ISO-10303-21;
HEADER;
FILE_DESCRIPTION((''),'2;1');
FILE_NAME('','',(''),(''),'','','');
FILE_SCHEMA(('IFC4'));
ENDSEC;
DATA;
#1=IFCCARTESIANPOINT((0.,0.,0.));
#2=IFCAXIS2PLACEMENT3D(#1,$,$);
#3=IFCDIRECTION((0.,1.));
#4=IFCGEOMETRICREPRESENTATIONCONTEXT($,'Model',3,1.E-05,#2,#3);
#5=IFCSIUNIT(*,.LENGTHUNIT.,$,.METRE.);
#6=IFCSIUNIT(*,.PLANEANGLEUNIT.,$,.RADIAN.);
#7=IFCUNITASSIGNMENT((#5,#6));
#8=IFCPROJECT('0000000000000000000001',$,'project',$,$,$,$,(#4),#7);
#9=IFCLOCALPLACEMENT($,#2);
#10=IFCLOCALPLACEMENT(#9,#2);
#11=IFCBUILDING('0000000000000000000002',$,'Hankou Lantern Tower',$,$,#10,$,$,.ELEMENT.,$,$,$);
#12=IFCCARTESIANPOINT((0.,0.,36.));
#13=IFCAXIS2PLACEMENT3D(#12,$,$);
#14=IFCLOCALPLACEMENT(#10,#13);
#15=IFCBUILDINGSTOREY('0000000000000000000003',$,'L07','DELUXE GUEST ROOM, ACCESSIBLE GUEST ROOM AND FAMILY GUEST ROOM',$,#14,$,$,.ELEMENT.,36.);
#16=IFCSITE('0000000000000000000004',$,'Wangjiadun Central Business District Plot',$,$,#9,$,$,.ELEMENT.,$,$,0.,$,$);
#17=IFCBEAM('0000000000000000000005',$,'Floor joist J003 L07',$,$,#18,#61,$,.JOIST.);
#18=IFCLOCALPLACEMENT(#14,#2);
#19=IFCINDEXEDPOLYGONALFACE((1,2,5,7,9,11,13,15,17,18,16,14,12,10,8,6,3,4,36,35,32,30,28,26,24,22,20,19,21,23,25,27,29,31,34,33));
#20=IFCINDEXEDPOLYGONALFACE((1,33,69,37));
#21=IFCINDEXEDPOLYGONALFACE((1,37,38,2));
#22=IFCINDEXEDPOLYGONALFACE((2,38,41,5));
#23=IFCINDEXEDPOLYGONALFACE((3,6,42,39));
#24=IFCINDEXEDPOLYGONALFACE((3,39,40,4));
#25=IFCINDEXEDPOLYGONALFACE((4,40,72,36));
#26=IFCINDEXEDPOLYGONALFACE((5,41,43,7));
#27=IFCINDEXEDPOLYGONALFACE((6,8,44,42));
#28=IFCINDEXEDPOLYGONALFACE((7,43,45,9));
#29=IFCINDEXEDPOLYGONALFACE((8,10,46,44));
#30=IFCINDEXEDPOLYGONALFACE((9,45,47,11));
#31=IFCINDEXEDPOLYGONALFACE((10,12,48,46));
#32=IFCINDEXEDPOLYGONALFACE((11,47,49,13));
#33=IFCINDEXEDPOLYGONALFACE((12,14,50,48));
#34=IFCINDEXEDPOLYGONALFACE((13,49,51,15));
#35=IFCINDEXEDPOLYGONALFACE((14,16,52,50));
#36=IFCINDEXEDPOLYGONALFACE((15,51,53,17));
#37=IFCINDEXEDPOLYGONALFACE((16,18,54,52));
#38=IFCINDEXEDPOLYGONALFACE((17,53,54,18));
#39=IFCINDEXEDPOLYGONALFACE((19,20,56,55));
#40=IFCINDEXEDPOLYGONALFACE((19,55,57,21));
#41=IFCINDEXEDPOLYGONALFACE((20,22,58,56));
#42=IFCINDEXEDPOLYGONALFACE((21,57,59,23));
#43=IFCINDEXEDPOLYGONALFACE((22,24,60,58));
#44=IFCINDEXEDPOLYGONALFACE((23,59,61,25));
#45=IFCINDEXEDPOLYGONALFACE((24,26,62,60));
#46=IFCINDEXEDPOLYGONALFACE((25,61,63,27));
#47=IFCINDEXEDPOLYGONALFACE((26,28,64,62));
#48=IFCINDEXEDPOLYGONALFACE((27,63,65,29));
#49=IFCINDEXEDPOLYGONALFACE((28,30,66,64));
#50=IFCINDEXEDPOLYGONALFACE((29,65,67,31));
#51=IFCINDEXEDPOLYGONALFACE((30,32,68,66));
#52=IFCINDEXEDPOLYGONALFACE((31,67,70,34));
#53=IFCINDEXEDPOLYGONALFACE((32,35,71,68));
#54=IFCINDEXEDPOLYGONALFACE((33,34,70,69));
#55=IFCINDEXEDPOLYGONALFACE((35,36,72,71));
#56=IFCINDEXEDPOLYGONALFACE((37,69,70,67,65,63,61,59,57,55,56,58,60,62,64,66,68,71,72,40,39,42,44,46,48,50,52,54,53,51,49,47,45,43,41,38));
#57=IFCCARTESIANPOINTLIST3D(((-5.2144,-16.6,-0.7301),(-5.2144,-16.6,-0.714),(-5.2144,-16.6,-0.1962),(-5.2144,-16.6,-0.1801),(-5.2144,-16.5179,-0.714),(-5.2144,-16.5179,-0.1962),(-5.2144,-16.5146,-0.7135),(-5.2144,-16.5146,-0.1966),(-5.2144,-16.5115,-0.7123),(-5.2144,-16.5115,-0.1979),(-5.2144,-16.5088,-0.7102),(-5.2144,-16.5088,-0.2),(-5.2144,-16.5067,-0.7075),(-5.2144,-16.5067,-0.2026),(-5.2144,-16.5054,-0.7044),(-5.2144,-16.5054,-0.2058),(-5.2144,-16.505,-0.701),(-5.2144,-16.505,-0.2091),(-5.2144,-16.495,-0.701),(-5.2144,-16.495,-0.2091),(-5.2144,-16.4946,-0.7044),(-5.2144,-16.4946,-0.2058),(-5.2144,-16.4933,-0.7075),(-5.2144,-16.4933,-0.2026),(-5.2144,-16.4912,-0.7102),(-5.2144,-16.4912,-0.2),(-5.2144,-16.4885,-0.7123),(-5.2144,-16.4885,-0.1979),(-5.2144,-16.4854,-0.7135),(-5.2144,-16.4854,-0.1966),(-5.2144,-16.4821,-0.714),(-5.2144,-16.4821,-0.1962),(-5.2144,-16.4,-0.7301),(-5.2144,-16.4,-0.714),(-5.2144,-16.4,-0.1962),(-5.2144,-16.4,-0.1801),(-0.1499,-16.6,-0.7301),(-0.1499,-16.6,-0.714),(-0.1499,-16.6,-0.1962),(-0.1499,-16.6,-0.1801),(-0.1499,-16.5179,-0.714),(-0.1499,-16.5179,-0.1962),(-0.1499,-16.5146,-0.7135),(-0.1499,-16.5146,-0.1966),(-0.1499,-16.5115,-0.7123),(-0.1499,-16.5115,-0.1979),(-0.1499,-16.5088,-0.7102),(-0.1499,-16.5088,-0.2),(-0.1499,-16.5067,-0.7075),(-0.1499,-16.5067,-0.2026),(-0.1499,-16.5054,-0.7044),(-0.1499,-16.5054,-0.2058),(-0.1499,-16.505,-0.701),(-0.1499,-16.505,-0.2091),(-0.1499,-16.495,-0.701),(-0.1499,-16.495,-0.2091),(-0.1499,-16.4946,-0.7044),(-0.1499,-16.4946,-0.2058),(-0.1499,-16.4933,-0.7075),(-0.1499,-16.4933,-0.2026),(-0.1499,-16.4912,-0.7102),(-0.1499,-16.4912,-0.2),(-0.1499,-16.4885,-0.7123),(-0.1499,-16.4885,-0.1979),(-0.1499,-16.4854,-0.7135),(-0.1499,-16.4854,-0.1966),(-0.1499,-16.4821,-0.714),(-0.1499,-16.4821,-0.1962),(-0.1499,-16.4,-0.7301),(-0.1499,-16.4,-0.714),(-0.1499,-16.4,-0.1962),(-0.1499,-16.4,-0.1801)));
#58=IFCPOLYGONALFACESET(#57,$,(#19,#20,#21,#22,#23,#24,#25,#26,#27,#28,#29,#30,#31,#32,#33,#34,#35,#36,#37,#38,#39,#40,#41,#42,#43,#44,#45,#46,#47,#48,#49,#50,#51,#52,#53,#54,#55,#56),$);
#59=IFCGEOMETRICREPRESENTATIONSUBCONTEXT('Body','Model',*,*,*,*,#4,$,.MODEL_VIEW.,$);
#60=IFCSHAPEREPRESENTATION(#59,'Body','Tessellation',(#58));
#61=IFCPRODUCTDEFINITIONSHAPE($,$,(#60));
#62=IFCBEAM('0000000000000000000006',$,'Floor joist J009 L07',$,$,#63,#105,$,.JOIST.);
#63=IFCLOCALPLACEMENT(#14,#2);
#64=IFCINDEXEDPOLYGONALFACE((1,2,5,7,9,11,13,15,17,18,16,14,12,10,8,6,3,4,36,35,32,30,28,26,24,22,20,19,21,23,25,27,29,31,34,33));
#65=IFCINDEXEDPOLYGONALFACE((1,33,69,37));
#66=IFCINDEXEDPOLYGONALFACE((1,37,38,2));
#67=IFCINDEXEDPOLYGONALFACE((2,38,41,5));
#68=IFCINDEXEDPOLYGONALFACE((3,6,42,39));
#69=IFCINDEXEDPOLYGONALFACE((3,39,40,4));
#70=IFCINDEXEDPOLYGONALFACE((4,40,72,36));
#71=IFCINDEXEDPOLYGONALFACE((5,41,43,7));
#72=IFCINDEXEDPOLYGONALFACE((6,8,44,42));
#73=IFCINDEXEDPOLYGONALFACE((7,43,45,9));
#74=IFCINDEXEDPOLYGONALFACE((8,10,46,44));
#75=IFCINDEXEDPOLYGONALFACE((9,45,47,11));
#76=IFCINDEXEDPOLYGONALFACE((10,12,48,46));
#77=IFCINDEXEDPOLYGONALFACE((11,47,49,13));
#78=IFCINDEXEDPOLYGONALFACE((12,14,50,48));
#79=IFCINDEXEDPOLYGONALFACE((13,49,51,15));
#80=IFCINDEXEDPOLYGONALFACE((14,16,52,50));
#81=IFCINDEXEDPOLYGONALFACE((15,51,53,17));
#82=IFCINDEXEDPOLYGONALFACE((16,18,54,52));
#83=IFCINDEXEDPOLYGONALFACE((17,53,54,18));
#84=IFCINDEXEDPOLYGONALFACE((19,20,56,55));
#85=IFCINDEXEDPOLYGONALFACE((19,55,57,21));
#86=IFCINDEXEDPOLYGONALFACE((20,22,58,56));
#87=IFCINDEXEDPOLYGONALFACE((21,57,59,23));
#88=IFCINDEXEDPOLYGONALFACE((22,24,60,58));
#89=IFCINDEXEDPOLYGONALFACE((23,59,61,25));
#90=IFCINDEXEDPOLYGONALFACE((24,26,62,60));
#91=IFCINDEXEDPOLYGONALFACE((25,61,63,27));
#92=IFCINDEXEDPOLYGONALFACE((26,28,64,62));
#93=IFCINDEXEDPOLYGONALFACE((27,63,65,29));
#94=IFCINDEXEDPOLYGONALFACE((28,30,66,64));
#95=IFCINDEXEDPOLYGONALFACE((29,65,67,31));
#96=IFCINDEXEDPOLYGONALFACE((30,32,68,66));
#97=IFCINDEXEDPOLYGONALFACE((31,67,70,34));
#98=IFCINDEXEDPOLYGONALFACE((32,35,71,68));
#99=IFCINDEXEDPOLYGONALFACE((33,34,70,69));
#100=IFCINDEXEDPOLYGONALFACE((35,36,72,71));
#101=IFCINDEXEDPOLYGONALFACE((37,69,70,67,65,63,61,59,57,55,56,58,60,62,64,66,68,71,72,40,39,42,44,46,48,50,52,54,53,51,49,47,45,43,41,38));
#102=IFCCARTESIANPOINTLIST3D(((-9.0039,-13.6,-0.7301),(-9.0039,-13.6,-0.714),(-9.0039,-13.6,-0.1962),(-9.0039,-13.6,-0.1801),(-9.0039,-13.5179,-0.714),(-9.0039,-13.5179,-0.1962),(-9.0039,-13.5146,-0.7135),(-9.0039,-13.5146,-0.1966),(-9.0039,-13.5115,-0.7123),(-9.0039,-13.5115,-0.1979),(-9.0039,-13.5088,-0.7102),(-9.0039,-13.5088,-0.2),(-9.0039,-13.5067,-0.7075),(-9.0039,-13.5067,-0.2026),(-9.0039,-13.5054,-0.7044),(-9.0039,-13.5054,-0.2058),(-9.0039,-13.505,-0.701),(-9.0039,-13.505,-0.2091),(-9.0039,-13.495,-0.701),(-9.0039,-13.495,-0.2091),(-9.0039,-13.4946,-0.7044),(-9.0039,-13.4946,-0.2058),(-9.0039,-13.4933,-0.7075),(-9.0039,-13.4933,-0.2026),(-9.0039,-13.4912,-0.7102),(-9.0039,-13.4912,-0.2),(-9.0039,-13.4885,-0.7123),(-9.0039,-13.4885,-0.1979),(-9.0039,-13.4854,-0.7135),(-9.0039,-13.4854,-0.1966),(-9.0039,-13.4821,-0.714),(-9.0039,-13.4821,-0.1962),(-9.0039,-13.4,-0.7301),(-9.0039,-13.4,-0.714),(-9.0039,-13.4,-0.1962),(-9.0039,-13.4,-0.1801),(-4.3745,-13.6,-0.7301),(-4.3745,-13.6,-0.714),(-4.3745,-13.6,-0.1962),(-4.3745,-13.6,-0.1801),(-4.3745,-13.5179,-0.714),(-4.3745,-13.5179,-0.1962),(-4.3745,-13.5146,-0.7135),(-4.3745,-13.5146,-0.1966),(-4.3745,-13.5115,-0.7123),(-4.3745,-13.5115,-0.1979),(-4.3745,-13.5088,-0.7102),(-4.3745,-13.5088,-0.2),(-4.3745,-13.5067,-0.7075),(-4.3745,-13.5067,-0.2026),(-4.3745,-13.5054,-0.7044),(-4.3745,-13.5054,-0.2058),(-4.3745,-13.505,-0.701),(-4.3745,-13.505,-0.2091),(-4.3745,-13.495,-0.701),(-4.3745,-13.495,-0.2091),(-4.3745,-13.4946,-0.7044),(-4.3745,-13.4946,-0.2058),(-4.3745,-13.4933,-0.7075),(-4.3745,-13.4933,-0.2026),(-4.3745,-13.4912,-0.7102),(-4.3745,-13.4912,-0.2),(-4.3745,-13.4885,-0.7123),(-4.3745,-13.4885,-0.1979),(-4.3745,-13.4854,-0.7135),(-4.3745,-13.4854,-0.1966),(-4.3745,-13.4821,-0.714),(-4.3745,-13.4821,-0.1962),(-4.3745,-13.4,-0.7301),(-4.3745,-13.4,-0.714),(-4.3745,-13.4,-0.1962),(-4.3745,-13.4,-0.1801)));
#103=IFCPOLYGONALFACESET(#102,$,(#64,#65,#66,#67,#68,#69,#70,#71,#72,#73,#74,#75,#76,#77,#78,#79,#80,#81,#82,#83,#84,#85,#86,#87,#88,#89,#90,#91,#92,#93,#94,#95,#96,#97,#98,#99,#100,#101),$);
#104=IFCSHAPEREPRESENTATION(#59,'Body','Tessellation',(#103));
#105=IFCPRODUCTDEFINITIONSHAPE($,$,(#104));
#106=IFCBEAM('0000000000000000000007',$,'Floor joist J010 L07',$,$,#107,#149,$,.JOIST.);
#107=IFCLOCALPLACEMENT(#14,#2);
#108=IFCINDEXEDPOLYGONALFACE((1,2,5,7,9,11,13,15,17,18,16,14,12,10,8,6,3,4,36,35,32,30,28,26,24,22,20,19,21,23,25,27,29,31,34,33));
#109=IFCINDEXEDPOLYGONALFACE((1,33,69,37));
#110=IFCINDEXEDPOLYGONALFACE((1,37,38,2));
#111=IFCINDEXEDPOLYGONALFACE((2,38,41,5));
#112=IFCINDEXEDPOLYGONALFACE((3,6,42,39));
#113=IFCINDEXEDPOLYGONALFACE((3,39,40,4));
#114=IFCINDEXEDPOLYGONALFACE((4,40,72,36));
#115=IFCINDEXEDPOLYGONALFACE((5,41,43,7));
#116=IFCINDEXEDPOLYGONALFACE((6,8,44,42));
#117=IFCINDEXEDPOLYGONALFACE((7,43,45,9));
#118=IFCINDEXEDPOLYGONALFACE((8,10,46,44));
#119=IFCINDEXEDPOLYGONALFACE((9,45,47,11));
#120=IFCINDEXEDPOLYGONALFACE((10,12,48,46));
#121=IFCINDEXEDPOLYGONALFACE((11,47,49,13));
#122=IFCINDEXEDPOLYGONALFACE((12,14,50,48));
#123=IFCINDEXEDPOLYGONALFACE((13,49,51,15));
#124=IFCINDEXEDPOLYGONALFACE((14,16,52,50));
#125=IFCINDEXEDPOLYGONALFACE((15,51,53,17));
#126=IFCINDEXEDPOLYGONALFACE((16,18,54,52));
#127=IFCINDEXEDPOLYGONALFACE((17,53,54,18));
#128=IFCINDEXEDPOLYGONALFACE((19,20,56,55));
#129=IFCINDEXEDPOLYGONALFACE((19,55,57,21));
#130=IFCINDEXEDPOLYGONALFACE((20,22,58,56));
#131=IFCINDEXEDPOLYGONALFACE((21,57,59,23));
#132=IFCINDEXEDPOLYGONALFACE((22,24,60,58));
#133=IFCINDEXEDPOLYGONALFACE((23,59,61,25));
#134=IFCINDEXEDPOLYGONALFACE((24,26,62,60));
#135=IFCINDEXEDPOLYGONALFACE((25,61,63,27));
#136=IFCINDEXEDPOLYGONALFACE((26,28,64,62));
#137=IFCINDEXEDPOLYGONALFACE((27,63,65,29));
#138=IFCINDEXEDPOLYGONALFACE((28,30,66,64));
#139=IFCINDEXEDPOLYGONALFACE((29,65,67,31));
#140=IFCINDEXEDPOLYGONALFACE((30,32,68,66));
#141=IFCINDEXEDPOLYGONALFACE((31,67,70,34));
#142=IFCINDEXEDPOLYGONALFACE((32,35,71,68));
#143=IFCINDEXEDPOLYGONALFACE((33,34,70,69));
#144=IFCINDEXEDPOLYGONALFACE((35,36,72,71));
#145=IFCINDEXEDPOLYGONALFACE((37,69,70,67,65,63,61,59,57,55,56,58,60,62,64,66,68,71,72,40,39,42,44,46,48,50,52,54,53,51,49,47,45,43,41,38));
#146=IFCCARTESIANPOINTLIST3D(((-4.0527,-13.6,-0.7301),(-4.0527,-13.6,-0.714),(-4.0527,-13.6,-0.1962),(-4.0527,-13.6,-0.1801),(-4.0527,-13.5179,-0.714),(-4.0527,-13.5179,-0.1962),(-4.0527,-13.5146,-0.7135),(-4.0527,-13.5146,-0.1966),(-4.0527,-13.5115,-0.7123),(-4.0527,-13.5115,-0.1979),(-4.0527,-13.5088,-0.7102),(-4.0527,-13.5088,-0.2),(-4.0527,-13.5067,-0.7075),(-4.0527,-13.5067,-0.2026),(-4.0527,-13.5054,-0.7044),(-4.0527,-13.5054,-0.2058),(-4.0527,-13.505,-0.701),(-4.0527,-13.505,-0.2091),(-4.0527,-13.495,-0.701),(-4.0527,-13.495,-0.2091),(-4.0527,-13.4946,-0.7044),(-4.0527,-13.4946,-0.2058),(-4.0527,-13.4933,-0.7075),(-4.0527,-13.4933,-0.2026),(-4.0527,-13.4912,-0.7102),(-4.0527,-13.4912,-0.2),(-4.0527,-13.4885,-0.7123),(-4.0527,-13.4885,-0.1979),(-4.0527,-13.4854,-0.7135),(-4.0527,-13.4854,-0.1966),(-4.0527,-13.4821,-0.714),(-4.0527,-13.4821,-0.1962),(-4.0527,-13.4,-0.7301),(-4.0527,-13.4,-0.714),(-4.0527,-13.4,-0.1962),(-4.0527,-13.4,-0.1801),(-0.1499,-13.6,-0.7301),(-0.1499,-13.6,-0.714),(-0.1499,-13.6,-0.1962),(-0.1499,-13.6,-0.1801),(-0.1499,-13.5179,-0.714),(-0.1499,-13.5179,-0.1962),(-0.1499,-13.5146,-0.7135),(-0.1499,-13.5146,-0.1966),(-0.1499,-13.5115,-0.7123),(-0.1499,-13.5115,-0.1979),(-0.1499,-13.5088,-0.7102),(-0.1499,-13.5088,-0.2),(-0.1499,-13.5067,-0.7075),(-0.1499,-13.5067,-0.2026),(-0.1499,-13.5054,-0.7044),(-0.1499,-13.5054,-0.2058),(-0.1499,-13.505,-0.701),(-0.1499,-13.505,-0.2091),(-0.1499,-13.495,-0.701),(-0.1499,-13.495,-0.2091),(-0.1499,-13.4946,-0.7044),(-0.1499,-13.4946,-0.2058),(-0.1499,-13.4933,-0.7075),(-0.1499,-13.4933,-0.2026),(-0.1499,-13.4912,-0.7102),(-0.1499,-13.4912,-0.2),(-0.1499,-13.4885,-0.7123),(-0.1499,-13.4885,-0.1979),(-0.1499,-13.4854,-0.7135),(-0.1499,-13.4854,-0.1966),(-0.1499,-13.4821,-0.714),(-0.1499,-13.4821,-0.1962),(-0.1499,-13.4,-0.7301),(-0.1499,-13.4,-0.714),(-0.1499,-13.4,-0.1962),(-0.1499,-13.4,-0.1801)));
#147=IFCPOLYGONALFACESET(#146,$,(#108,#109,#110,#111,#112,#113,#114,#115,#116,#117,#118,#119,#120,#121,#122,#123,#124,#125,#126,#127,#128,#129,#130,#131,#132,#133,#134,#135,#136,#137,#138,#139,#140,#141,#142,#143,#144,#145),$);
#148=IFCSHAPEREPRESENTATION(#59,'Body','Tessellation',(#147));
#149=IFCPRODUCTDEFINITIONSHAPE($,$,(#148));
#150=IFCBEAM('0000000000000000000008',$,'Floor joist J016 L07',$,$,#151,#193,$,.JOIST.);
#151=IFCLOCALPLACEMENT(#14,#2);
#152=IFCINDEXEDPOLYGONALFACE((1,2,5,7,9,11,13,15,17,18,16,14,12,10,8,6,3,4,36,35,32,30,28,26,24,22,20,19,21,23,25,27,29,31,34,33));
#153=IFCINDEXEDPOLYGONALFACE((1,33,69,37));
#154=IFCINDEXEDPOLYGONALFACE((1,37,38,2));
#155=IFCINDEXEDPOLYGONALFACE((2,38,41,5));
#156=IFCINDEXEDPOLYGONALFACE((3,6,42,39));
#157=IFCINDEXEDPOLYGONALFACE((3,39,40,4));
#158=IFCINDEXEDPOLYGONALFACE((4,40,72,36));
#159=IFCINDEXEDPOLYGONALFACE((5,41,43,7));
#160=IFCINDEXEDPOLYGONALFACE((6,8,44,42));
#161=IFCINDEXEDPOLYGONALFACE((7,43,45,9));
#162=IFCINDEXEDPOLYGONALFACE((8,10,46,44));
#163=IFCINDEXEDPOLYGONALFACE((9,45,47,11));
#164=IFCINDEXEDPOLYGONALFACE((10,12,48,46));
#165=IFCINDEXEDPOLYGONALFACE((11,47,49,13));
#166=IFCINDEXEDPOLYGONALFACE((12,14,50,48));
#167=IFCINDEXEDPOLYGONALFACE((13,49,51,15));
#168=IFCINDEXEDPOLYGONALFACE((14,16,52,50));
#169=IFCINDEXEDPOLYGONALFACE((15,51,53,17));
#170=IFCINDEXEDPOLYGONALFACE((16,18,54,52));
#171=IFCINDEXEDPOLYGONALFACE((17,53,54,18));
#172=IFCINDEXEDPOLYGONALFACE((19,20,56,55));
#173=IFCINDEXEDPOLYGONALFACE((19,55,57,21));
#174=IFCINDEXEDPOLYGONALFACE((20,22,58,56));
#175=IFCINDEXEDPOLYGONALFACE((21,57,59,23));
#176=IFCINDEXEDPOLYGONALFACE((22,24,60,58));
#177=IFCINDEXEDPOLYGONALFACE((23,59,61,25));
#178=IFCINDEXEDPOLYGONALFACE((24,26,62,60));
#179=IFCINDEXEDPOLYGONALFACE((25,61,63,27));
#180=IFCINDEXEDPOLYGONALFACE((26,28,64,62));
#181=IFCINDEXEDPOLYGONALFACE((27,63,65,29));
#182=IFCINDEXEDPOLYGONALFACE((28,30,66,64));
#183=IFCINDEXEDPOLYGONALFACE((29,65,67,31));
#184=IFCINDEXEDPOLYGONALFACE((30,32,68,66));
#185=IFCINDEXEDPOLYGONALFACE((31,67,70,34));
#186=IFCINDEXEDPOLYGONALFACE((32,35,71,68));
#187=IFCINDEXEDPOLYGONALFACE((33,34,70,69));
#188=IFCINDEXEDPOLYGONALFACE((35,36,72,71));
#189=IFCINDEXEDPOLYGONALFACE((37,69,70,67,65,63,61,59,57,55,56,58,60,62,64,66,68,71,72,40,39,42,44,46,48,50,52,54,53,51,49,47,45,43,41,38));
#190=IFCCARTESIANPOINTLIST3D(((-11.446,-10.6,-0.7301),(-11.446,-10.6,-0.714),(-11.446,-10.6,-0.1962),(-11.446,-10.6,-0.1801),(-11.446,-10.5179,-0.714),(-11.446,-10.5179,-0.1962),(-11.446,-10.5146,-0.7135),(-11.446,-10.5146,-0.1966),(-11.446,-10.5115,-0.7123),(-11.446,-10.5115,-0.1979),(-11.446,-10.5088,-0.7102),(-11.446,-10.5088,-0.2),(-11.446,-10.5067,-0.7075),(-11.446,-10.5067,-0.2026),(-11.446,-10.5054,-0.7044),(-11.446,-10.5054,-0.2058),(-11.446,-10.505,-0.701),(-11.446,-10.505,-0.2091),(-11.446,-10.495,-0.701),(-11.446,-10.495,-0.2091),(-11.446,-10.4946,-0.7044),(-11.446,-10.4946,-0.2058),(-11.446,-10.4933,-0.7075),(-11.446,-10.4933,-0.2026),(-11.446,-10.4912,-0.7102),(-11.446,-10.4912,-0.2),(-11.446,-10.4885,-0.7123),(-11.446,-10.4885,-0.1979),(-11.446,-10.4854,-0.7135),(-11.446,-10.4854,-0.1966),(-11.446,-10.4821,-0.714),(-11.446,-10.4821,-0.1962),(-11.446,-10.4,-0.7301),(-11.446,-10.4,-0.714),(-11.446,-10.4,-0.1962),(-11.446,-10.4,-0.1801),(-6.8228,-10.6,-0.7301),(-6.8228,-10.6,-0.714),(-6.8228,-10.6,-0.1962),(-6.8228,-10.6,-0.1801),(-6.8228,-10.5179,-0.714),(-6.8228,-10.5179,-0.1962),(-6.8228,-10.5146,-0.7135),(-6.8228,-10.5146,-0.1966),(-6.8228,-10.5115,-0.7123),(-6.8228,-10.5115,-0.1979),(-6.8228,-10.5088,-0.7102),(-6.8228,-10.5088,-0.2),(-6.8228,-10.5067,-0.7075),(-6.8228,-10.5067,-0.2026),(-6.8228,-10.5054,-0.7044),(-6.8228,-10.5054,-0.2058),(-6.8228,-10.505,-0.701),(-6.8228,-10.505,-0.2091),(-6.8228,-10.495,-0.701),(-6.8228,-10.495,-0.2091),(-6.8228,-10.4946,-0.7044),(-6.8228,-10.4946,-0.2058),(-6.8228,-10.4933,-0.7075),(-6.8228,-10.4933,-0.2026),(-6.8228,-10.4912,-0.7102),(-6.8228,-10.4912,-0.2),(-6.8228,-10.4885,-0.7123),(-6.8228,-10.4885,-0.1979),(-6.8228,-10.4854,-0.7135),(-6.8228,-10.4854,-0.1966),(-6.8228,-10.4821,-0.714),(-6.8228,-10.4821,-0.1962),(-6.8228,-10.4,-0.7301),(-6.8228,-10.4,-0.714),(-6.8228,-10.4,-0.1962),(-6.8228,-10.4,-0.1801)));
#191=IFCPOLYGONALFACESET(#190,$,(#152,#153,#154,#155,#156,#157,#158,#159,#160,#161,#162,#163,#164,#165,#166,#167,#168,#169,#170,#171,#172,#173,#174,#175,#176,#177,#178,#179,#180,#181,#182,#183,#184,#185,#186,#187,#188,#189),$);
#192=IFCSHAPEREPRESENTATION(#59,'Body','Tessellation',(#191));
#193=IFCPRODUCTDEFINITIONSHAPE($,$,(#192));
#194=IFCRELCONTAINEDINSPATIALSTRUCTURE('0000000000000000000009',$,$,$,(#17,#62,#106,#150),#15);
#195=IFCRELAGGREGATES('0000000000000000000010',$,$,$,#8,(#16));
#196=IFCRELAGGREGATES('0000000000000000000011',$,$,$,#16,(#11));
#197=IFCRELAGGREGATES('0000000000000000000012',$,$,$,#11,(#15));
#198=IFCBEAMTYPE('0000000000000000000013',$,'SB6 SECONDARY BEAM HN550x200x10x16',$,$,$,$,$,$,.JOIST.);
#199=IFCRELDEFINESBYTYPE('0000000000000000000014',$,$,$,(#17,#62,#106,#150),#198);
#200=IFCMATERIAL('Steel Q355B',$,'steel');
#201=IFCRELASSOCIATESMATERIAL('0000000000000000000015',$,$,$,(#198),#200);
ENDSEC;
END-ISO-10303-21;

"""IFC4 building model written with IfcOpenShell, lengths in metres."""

from ifc_helpers import new_model, si_unit, direction, frame, origin, origin_2d, place, context, subcontext, project, spatial, i_section, extrude, material, material_profile, profile_set, type_object, element, save


model = new_model("IFC4")

# Units and contexts
model_context = context("Model", 3, precision=1e-05, world=origin(), true_north=direction((0.0, 1.0)))
body_context = subcontext(model_context, "Body", "Model", "MODEL_VIEW")
ifc_project = project(units=[si_unit("LENGTHUNIT", "METRE"), si_unit("PLANEANGLEUNIT", "RADIAN")], contexts=[model_context])

# Site, building, storey
site_placement = place(None, origin())
site = spatial("IfcSite", under=ifc_project, at=site_placement, Name="Wangjiadun Central Business District Plot", CompositionType="ELEMENT", RefElevation=0.0)
building_placement = place(site_placement, origin())
building = spatial("IfcBuilding", under=site, at=building_placement, Name="Hankou Lantern Tower", CompositionType="ELEMENT")
storey_placement = place(building_placement, frame((0.0, 0.0, 36.0)))
storey = spatial("IfcBuildingStorey", under=building, at=storey_placement, Name="L07", Description="DELUXE GUEST ROOM, ACCESSIBLE GUEST ROOM AND FAMILY GUEST ROOM", CompositionType="ELEMENT", Elevation=36.0)

# Beams
ifc_material_1 = material(Name="Steel Q355B", Category="steel")
ifc_material_profile_1 = material_profile(ifc_material_1, i_section(OverallWidth=0.2, OverallDepth=0.55, WebThickness=0.01, FlangeThickness=0.0161, FilletRadius=0.0129, at=origin_2d()), Name="HN550x200x10x16")
ifc_profile_set_1 = profile_set([ifc_material_profile_1], Name="Steel Q355B")
beam_type_1 = type_object("IfcBeamType", Name="SB6 SECONDARY BEAM HN550x200x10x16", PredefinedType="JOIST", material=ifc_profile_set_1)
beam_1_placement = place(storey_placement, frame((-5.2144, -16.5, -0.4551), z_axis=(1.0, 0.0, 0.0), x_axis=(0.0, 1.0, 0.0)))
element("IfcBeam", 1, at=beam_1_placement, inside=storey, type_object=beam_type_1, Name="Floor joist J003 L07", PredefinedType="JOIST", context=body_context, shape_type="SweptSolid", body=[
    extrude(i_section(OverallWidth=0.2, OverallDepth=0.55, WebThickness=0.01, FlangeThickness=0.0161, FilletRadius=0.0129, at=origin_2d()), origin(), (0.0, 0.0, 1.0), 5.0645),
])
beam_2_placement = place(storey_placement, frame((-9.0039, -13.5, -0.4551), z_axis=(1.0, 0.0, 0.0), x_axis=(0.0, 1.0, 0.0)))
element("IfcBeam", 2, at=beam_2_placement, inside=storey, type_object=beam_type_1, Name="Floor joist J009 L07", PredefinedType="JOIST", context=body_context, shape_type="SweptSolid", body=[
    extrude(i_section(OverallWidth=0.2, OverallDepth=0.55, WebThickness=0.01, FlangeThickness=0.0161, FilletRadius=0.0129, at=origin_2d()), origin(), (0.0, 0.0, 1.0), 4.6294),
])
beam_3_placement = place(storey_placement, frame((-4.0527, -13.5, -0.4551), z_axis=(1.0, 0.0, 0.0), x_axis=(0.0, 1.0, 0.0)))
element("IfcBeam", 3, at=beam_3_placement, inside=storey, type_object=beam_type_1, Name="Floor joist J010 L07", PredefinedType="JOIST", context=body_context, shape_type="SweptSolid", body=[
    extrude(i_section(OverallWidth=0.2, OverallDepth=0.55, WebThickness=0.01, FlangeThickness=0.0161, FilletRadius=0.0129, at=origin_2d()), origin(), (0.0, 0.0, 1.0), 3.9028),
])
beam_4_placement = place(storey_placement, frame((-11.446, -10.5, -0.4551), z_axis=(1.0, 0.0, 0.0), x_axis=(0.0, 1.0, 0.0)))
element("IfcBeam", 4, at=beam_4_placement, inside=storey, type_object=beam_type_1, Name="Floor joist J016 L07", PredefinedType="JOIST", context=body_context, shape_type="SweptSolid", body=[
    extrude(i_section(OverallWidth=0.2, OverallDepth=0.55, WebThickness=0.01, FlangeThickness=0.0161, FilletRadius=0.0129, at=origin_2d()), origin(), (0.0, 0.0, 1.0), 4.6233),
])

save(model, "model.ifc")
